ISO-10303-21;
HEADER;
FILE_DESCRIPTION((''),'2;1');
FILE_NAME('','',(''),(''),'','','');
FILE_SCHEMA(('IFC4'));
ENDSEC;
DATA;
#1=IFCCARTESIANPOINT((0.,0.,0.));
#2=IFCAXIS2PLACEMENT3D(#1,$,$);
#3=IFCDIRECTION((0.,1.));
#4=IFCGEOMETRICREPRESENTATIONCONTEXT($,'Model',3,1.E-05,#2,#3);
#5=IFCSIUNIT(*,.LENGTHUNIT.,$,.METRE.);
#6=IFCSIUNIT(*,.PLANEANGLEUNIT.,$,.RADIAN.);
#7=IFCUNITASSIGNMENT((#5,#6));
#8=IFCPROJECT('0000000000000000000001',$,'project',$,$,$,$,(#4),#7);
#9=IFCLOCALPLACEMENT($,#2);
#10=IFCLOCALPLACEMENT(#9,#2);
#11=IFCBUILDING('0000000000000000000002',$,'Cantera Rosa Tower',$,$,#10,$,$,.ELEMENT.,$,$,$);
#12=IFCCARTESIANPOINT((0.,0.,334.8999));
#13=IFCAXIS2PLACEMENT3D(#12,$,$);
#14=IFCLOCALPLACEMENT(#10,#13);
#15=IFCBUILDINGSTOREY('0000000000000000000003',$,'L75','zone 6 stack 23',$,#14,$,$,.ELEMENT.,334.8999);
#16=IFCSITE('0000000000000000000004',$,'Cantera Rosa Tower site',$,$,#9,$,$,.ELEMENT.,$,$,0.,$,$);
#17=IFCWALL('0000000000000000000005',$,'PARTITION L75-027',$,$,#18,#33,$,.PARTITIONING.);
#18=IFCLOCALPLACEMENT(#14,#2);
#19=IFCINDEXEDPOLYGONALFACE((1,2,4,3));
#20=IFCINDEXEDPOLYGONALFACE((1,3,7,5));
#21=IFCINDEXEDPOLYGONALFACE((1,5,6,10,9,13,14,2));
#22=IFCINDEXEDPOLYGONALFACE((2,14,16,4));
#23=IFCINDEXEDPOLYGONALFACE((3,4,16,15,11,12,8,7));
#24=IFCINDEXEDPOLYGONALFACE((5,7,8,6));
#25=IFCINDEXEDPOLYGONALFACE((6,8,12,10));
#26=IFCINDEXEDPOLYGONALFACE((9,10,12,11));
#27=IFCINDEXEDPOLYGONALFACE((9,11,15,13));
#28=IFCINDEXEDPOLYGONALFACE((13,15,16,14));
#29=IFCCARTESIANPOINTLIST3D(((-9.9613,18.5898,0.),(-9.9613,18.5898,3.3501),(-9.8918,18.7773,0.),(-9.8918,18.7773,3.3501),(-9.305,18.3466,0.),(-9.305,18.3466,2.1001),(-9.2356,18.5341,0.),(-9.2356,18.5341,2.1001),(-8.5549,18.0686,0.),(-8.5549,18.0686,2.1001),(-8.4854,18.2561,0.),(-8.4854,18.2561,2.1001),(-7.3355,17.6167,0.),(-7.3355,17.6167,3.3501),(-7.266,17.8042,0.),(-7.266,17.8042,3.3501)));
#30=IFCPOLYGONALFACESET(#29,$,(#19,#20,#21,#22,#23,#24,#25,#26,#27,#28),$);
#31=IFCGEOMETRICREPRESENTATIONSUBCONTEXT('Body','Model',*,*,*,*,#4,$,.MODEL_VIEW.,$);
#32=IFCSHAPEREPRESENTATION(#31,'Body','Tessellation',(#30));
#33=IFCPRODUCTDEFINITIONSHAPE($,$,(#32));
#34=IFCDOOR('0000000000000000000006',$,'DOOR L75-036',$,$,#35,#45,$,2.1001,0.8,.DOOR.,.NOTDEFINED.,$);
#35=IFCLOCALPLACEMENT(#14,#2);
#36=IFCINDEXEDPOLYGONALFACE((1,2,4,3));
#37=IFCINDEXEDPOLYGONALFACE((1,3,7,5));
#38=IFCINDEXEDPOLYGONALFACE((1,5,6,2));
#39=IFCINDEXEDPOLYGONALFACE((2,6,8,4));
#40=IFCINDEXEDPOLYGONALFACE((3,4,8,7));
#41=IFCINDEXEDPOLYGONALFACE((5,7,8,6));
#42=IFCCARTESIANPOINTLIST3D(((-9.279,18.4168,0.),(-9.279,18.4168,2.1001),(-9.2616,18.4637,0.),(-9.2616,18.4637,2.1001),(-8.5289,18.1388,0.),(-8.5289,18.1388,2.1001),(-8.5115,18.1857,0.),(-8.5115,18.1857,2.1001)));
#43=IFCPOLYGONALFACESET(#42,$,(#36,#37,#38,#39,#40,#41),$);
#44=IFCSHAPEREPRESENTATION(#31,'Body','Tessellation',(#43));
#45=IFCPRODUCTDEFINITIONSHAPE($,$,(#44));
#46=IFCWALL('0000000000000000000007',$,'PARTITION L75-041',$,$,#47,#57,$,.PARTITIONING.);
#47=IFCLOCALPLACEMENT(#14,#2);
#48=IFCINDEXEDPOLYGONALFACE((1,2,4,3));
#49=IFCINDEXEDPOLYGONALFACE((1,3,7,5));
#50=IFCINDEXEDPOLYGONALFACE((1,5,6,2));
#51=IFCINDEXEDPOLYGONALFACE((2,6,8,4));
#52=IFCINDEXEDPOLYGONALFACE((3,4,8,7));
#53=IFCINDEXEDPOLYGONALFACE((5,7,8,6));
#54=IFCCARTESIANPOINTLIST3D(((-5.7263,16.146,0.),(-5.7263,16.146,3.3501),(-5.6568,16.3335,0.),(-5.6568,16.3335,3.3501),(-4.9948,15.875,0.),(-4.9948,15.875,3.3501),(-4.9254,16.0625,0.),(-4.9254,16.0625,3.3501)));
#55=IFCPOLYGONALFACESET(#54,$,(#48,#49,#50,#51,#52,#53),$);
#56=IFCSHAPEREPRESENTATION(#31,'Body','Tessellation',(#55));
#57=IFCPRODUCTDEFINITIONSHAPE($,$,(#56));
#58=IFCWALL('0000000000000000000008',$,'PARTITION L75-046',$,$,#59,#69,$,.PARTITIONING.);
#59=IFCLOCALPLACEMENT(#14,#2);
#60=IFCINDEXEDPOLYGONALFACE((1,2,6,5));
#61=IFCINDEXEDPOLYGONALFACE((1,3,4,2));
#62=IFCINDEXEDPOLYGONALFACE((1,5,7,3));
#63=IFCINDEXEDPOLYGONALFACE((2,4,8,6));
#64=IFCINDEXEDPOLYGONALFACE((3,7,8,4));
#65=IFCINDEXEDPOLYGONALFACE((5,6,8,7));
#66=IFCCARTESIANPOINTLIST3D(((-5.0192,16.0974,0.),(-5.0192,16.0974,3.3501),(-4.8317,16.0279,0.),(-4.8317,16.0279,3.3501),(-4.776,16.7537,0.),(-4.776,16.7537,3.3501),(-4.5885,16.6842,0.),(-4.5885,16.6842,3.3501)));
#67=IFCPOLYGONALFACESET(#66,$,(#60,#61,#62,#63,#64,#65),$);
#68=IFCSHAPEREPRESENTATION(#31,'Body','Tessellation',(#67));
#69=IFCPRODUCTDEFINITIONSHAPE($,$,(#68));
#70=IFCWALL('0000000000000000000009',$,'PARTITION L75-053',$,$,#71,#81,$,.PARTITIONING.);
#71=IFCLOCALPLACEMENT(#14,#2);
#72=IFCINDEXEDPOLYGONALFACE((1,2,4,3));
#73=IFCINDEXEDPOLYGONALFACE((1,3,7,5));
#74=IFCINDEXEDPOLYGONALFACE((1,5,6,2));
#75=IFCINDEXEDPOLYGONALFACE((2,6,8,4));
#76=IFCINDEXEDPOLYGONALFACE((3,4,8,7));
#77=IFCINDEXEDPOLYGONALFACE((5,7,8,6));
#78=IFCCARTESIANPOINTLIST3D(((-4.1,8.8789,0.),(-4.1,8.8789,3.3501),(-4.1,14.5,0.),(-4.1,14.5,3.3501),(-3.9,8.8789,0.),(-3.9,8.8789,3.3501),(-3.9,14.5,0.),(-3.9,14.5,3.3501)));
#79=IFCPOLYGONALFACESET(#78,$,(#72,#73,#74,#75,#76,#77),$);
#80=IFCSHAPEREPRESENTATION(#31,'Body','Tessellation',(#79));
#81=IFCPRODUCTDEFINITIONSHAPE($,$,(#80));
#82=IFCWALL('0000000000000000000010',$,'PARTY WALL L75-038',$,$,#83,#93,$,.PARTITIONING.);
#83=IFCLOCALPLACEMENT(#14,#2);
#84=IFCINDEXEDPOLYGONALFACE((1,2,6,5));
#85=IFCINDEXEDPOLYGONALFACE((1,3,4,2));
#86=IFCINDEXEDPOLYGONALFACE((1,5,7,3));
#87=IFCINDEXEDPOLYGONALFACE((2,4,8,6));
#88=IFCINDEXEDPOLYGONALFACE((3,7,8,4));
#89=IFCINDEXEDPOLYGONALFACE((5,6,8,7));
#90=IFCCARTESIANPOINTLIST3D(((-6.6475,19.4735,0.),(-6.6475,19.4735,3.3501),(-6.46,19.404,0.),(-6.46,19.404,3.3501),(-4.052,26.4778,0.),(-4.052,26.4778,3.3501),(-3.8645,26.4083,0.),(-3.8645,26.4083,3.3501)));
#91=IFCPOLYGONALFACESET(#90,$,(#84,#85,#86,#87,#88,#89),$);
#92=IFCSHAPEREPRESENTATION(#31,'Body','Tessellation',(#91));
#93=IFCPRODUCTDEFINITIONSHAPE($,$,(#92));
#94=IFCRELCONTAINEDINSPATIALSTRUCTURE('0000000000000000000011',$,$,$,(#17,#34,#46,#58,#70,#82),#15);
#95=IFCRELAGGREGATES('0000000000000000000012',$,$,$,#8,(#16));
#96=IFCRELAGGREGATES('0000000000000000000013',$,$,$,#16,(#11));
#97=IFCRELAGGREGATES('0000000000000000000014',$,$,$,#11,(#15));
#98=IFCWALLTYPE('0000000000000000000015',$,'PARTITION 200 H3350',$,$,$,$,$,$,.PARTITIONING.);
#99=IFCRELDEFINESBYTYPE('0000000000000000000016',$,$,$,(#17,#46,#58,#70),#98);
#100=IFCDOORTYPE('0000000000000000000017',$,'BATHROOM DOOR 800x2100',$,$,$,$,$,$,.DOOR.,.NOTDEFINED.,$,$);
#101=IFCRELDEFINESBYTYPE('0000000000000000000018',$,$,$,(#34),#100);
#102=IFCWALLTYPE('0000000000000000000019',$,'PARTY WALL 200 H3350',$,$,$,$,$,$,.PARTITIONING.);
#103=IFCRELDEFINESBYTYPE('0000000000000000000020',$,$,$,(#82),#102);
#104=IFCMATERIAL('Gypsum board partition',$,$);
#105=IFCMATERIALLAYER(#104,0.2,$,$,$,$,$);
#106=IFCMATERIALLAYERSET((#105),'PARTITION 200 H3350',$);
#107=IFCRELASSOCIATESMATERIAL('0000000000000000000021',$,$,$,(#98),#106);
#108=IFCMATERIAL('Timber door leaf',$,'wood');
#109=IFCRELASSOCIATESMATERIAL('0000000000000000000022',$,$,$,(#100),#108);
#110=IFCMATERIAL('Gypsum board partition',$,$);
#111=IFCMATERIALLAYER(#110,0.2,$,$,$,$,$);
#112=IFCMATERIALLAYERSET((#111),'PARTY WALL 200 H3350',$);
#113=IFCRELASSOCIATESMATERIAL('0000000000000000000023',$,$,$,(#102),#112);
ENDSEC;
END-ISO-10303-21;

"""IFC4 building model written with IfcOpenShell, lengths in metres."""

from ifc_helpers import new_model, si_unit, direction, frame, frame_2d, origin, place, context, subcontext, project, spatial, rectangle, extrude, material, layer, layer_set, type_object, element, fill, save


model = new_model("IFC4")

# Units and contexts
model_context = context("Model", 3, precision=1e-05, world=origin(), true_north=direction((0.0, 1.0)))
body_context = subcontext(model_context, "Body", "Model", "MODEL_VIEW")
ifc_project = project(units=[si_unit("LENGTHUNIT", "METRE"), si_unit("PLANEANGLEUNIT", "RADIAN")], contexts=[model_context])

# Site, building, storey
site_placement = place(None, origin())
site = spatial("IfcSite", under=ifc_project, at=site_placement, Name="Cantera Rosa Tower site", CompositionType="ELEMENT", RefElevation=0.0)
building_placement = place(site_placement, origin())
building = spatial("IfcBuilding", under=site, at=building_placement, Name="Cantera Rosa Tower", CompositionType="ELEMENT")
storey_placement = place(building_placement, frame((0.0, 0.0, 334.8999)))
storey = spatial("IfcBuildingStorey", under=building, at=storey_placement, Name="L75", Description="zone 6 stack 23", CompositionType="ELEMENT", Elevation=334.8999)

# Wall, opening, door
ifc_material_1 = material(Name="Gypsum board partition")
ifc_layer_1 = layer(ifc_material_1, 0.2)
ifc_layer_set_1 = layer_set([ifc_layer_1], Name="PARTITION 200 H3350")
wall_type_1 = type_object("IfcWallType", Name="PARTITION 200 H3350", PredefinedType="PARTITIONING", material=ifc_layer_set_1)
wall_1_placement = place(storey_placement, frame((-9.9265, 18.6836, 0.0), z_axis=(0.0, 0.0, 1.0), x_axis=(0.937673, -0.347519, 0.0)))
wall_1 = element("IfcWall", 1, at=wall_1_placement, inside=storey, type_object=wall_type_1, Name="PARTITION L75-027", PredefinedType="PARTITIONING", context=body_context, shape_type="SweptSolid", body=[
    extrude(rectangle(XDim=2.8003, YDim=0.2, at=frame_2d((1.4001, 0.0))), origin(), (0.0, 0.0, 1.0), 3.3501),
])
opening_1_placement = place(wall_1_placement, frame((0.7, 0.0, 0.0)))
opening_1 = element("IfcOpeningElement", 2, at=opening_1_placement, cuts=wall_1, PredefinedType="OPENING", context=body_context, shape_type="SweptSolid", body=[
    extrude(rectangle(XDim=0.8, YDim=2.1001, at=frame_2d((0.3999, 1.05))), frame((0.0, 0.1099, 0.0), z_axis=(0.0, -1.0, 0.0), x_axis=(1.0, 0.0, 0.0)), (0.0, 0.0, 1.0), 0.22),
])
ifc_material_2 = material(Name="Timber door leaf", Category="wood")
door_type_1 = type_object("IfcDoorType", Name="BATHROOM DOOR 800x2100", OperationType="NOTDEFINED", PredefinedType="DOOR", material=ifc_material_2)
door_1_placement = place(opening_1_placement, origin())
door_1 = element("IfcDoor", 3, at=door_1_placement, inside=storey, type_object=door_type_1, Name="DOOR L75-036", OperationType="NOTDEFINED", OverallHeight=2.1001, OverallWidth=0.8, PredefinedType="DOOR", context=body_context, shape_type="SweptSolid", body=[
    extrude(rectangle(XDim=0.8, YDim=2.1001, at=frame_2d((0.3999, 1.05))), frame((0.0, 0.0249, 0.0), z_axis=(0.0, -1.0, 0.0), x_axis=(1.0, 0.0, 0.0)), (0.0, 0.0, 1.0), 0.05),
])
fill(opening_1, door_1)

# Walls
wall_2_placement = place(storey_placement, frame((-5.6917, 16.2397, 0.0), z_axis=(0.0, 0.0, 1.0), x_axis=(0.937711, -0.347416, 0.0)))
element("IfcWall", 4, at=wall_2_placement, inside=storey, type_object=wall_type_1, Name="PARTITION L75-041", PredefinedType="PARTITIONING", context=body_context, shape_type="SweptSolid", body=[
    extrude(rectangle(XDim=0.78, YDim=0.2, at=frame_2d((0.3901, 0.0))), origin(), (0.0, 0.0, 1.0), 3.3501),
])
wall_3_placement = place(storey_placement, frame((-4.9255, 16.0625, 0.0), z_axis=(0.0, 0.0, 1.0), x_axis=(0.347451, 0.937698, 0.0)))
element("IfcWall", 5, at=wall_3_placement, inside=storey, type_object=wall_type_1, Name="PARTITION L75-046", PredefinedType="PARTITIONING", context=body_context, shape_type="SweptSolid", body=[
    extrude(rectangle(XDim=0.7, YDim=0.2, at=frame_2d((0.3501, 0.0))), origin(), (0.0, 0.0, 1.0), 3.3501),
])
wall_4_placement = place(storey_placement, frame((-4.0, 14.5, 0.0), z_axis=(0.0, 0.0, 1.0), x_axis=(0.0, -1.0, 0.0)))
element("IfcWall", 6, at=wall_4_placement, inside=storey, type_object=wall_type_1, Name="PARTITION L75-053", PredefinedType="PARTITIONING", context=body_context, shape_type="SweptSolid", body=[
    extrude(rectangle(XDim=5.6211, YDim=0.2, at=frame_2d((2.8105, 0.0))), origin(), (0.0, 0.0, 1.0), 3.3501),
])
ifc_material_3 = material(Name="Gypsum board partition")
ifc_layer_2 = layer(ifc_material_3, 0.2)
ifc_layer_set_2 = layer_set([ifc_layer_2], Name="PARTY WALL 200 H3350")
wall_type_2 = type_object("IfcWallType", Name="PARTY WALL 200 H3350", PredefinedType="PARTITIONING", material=ifc_layer_set_2)
wall_5_placement = place(storey_placement, frame((-6.5537, 19.4387, 0.0), z_axis=(0.0, 0.0, 1.0), x_axis=(0.34746, 0.937695, 0.0)))
element("IfcWall", 7, at=wall_5_placement, inside=storey, type_object=wall_type_2, Name="PARTY WALL L75-038", PredefinedType="PARTITIONING", context=body_context, shape_type="SweptSolid", body=[
    extrude(rectangle(XDim=7.4697, YDim=0.2, at=frame_2d((3.7349, 0.0))), origin(), (0.0, 0.0, 1.0), 3.3501),
])

save(model, "model.ifc")
